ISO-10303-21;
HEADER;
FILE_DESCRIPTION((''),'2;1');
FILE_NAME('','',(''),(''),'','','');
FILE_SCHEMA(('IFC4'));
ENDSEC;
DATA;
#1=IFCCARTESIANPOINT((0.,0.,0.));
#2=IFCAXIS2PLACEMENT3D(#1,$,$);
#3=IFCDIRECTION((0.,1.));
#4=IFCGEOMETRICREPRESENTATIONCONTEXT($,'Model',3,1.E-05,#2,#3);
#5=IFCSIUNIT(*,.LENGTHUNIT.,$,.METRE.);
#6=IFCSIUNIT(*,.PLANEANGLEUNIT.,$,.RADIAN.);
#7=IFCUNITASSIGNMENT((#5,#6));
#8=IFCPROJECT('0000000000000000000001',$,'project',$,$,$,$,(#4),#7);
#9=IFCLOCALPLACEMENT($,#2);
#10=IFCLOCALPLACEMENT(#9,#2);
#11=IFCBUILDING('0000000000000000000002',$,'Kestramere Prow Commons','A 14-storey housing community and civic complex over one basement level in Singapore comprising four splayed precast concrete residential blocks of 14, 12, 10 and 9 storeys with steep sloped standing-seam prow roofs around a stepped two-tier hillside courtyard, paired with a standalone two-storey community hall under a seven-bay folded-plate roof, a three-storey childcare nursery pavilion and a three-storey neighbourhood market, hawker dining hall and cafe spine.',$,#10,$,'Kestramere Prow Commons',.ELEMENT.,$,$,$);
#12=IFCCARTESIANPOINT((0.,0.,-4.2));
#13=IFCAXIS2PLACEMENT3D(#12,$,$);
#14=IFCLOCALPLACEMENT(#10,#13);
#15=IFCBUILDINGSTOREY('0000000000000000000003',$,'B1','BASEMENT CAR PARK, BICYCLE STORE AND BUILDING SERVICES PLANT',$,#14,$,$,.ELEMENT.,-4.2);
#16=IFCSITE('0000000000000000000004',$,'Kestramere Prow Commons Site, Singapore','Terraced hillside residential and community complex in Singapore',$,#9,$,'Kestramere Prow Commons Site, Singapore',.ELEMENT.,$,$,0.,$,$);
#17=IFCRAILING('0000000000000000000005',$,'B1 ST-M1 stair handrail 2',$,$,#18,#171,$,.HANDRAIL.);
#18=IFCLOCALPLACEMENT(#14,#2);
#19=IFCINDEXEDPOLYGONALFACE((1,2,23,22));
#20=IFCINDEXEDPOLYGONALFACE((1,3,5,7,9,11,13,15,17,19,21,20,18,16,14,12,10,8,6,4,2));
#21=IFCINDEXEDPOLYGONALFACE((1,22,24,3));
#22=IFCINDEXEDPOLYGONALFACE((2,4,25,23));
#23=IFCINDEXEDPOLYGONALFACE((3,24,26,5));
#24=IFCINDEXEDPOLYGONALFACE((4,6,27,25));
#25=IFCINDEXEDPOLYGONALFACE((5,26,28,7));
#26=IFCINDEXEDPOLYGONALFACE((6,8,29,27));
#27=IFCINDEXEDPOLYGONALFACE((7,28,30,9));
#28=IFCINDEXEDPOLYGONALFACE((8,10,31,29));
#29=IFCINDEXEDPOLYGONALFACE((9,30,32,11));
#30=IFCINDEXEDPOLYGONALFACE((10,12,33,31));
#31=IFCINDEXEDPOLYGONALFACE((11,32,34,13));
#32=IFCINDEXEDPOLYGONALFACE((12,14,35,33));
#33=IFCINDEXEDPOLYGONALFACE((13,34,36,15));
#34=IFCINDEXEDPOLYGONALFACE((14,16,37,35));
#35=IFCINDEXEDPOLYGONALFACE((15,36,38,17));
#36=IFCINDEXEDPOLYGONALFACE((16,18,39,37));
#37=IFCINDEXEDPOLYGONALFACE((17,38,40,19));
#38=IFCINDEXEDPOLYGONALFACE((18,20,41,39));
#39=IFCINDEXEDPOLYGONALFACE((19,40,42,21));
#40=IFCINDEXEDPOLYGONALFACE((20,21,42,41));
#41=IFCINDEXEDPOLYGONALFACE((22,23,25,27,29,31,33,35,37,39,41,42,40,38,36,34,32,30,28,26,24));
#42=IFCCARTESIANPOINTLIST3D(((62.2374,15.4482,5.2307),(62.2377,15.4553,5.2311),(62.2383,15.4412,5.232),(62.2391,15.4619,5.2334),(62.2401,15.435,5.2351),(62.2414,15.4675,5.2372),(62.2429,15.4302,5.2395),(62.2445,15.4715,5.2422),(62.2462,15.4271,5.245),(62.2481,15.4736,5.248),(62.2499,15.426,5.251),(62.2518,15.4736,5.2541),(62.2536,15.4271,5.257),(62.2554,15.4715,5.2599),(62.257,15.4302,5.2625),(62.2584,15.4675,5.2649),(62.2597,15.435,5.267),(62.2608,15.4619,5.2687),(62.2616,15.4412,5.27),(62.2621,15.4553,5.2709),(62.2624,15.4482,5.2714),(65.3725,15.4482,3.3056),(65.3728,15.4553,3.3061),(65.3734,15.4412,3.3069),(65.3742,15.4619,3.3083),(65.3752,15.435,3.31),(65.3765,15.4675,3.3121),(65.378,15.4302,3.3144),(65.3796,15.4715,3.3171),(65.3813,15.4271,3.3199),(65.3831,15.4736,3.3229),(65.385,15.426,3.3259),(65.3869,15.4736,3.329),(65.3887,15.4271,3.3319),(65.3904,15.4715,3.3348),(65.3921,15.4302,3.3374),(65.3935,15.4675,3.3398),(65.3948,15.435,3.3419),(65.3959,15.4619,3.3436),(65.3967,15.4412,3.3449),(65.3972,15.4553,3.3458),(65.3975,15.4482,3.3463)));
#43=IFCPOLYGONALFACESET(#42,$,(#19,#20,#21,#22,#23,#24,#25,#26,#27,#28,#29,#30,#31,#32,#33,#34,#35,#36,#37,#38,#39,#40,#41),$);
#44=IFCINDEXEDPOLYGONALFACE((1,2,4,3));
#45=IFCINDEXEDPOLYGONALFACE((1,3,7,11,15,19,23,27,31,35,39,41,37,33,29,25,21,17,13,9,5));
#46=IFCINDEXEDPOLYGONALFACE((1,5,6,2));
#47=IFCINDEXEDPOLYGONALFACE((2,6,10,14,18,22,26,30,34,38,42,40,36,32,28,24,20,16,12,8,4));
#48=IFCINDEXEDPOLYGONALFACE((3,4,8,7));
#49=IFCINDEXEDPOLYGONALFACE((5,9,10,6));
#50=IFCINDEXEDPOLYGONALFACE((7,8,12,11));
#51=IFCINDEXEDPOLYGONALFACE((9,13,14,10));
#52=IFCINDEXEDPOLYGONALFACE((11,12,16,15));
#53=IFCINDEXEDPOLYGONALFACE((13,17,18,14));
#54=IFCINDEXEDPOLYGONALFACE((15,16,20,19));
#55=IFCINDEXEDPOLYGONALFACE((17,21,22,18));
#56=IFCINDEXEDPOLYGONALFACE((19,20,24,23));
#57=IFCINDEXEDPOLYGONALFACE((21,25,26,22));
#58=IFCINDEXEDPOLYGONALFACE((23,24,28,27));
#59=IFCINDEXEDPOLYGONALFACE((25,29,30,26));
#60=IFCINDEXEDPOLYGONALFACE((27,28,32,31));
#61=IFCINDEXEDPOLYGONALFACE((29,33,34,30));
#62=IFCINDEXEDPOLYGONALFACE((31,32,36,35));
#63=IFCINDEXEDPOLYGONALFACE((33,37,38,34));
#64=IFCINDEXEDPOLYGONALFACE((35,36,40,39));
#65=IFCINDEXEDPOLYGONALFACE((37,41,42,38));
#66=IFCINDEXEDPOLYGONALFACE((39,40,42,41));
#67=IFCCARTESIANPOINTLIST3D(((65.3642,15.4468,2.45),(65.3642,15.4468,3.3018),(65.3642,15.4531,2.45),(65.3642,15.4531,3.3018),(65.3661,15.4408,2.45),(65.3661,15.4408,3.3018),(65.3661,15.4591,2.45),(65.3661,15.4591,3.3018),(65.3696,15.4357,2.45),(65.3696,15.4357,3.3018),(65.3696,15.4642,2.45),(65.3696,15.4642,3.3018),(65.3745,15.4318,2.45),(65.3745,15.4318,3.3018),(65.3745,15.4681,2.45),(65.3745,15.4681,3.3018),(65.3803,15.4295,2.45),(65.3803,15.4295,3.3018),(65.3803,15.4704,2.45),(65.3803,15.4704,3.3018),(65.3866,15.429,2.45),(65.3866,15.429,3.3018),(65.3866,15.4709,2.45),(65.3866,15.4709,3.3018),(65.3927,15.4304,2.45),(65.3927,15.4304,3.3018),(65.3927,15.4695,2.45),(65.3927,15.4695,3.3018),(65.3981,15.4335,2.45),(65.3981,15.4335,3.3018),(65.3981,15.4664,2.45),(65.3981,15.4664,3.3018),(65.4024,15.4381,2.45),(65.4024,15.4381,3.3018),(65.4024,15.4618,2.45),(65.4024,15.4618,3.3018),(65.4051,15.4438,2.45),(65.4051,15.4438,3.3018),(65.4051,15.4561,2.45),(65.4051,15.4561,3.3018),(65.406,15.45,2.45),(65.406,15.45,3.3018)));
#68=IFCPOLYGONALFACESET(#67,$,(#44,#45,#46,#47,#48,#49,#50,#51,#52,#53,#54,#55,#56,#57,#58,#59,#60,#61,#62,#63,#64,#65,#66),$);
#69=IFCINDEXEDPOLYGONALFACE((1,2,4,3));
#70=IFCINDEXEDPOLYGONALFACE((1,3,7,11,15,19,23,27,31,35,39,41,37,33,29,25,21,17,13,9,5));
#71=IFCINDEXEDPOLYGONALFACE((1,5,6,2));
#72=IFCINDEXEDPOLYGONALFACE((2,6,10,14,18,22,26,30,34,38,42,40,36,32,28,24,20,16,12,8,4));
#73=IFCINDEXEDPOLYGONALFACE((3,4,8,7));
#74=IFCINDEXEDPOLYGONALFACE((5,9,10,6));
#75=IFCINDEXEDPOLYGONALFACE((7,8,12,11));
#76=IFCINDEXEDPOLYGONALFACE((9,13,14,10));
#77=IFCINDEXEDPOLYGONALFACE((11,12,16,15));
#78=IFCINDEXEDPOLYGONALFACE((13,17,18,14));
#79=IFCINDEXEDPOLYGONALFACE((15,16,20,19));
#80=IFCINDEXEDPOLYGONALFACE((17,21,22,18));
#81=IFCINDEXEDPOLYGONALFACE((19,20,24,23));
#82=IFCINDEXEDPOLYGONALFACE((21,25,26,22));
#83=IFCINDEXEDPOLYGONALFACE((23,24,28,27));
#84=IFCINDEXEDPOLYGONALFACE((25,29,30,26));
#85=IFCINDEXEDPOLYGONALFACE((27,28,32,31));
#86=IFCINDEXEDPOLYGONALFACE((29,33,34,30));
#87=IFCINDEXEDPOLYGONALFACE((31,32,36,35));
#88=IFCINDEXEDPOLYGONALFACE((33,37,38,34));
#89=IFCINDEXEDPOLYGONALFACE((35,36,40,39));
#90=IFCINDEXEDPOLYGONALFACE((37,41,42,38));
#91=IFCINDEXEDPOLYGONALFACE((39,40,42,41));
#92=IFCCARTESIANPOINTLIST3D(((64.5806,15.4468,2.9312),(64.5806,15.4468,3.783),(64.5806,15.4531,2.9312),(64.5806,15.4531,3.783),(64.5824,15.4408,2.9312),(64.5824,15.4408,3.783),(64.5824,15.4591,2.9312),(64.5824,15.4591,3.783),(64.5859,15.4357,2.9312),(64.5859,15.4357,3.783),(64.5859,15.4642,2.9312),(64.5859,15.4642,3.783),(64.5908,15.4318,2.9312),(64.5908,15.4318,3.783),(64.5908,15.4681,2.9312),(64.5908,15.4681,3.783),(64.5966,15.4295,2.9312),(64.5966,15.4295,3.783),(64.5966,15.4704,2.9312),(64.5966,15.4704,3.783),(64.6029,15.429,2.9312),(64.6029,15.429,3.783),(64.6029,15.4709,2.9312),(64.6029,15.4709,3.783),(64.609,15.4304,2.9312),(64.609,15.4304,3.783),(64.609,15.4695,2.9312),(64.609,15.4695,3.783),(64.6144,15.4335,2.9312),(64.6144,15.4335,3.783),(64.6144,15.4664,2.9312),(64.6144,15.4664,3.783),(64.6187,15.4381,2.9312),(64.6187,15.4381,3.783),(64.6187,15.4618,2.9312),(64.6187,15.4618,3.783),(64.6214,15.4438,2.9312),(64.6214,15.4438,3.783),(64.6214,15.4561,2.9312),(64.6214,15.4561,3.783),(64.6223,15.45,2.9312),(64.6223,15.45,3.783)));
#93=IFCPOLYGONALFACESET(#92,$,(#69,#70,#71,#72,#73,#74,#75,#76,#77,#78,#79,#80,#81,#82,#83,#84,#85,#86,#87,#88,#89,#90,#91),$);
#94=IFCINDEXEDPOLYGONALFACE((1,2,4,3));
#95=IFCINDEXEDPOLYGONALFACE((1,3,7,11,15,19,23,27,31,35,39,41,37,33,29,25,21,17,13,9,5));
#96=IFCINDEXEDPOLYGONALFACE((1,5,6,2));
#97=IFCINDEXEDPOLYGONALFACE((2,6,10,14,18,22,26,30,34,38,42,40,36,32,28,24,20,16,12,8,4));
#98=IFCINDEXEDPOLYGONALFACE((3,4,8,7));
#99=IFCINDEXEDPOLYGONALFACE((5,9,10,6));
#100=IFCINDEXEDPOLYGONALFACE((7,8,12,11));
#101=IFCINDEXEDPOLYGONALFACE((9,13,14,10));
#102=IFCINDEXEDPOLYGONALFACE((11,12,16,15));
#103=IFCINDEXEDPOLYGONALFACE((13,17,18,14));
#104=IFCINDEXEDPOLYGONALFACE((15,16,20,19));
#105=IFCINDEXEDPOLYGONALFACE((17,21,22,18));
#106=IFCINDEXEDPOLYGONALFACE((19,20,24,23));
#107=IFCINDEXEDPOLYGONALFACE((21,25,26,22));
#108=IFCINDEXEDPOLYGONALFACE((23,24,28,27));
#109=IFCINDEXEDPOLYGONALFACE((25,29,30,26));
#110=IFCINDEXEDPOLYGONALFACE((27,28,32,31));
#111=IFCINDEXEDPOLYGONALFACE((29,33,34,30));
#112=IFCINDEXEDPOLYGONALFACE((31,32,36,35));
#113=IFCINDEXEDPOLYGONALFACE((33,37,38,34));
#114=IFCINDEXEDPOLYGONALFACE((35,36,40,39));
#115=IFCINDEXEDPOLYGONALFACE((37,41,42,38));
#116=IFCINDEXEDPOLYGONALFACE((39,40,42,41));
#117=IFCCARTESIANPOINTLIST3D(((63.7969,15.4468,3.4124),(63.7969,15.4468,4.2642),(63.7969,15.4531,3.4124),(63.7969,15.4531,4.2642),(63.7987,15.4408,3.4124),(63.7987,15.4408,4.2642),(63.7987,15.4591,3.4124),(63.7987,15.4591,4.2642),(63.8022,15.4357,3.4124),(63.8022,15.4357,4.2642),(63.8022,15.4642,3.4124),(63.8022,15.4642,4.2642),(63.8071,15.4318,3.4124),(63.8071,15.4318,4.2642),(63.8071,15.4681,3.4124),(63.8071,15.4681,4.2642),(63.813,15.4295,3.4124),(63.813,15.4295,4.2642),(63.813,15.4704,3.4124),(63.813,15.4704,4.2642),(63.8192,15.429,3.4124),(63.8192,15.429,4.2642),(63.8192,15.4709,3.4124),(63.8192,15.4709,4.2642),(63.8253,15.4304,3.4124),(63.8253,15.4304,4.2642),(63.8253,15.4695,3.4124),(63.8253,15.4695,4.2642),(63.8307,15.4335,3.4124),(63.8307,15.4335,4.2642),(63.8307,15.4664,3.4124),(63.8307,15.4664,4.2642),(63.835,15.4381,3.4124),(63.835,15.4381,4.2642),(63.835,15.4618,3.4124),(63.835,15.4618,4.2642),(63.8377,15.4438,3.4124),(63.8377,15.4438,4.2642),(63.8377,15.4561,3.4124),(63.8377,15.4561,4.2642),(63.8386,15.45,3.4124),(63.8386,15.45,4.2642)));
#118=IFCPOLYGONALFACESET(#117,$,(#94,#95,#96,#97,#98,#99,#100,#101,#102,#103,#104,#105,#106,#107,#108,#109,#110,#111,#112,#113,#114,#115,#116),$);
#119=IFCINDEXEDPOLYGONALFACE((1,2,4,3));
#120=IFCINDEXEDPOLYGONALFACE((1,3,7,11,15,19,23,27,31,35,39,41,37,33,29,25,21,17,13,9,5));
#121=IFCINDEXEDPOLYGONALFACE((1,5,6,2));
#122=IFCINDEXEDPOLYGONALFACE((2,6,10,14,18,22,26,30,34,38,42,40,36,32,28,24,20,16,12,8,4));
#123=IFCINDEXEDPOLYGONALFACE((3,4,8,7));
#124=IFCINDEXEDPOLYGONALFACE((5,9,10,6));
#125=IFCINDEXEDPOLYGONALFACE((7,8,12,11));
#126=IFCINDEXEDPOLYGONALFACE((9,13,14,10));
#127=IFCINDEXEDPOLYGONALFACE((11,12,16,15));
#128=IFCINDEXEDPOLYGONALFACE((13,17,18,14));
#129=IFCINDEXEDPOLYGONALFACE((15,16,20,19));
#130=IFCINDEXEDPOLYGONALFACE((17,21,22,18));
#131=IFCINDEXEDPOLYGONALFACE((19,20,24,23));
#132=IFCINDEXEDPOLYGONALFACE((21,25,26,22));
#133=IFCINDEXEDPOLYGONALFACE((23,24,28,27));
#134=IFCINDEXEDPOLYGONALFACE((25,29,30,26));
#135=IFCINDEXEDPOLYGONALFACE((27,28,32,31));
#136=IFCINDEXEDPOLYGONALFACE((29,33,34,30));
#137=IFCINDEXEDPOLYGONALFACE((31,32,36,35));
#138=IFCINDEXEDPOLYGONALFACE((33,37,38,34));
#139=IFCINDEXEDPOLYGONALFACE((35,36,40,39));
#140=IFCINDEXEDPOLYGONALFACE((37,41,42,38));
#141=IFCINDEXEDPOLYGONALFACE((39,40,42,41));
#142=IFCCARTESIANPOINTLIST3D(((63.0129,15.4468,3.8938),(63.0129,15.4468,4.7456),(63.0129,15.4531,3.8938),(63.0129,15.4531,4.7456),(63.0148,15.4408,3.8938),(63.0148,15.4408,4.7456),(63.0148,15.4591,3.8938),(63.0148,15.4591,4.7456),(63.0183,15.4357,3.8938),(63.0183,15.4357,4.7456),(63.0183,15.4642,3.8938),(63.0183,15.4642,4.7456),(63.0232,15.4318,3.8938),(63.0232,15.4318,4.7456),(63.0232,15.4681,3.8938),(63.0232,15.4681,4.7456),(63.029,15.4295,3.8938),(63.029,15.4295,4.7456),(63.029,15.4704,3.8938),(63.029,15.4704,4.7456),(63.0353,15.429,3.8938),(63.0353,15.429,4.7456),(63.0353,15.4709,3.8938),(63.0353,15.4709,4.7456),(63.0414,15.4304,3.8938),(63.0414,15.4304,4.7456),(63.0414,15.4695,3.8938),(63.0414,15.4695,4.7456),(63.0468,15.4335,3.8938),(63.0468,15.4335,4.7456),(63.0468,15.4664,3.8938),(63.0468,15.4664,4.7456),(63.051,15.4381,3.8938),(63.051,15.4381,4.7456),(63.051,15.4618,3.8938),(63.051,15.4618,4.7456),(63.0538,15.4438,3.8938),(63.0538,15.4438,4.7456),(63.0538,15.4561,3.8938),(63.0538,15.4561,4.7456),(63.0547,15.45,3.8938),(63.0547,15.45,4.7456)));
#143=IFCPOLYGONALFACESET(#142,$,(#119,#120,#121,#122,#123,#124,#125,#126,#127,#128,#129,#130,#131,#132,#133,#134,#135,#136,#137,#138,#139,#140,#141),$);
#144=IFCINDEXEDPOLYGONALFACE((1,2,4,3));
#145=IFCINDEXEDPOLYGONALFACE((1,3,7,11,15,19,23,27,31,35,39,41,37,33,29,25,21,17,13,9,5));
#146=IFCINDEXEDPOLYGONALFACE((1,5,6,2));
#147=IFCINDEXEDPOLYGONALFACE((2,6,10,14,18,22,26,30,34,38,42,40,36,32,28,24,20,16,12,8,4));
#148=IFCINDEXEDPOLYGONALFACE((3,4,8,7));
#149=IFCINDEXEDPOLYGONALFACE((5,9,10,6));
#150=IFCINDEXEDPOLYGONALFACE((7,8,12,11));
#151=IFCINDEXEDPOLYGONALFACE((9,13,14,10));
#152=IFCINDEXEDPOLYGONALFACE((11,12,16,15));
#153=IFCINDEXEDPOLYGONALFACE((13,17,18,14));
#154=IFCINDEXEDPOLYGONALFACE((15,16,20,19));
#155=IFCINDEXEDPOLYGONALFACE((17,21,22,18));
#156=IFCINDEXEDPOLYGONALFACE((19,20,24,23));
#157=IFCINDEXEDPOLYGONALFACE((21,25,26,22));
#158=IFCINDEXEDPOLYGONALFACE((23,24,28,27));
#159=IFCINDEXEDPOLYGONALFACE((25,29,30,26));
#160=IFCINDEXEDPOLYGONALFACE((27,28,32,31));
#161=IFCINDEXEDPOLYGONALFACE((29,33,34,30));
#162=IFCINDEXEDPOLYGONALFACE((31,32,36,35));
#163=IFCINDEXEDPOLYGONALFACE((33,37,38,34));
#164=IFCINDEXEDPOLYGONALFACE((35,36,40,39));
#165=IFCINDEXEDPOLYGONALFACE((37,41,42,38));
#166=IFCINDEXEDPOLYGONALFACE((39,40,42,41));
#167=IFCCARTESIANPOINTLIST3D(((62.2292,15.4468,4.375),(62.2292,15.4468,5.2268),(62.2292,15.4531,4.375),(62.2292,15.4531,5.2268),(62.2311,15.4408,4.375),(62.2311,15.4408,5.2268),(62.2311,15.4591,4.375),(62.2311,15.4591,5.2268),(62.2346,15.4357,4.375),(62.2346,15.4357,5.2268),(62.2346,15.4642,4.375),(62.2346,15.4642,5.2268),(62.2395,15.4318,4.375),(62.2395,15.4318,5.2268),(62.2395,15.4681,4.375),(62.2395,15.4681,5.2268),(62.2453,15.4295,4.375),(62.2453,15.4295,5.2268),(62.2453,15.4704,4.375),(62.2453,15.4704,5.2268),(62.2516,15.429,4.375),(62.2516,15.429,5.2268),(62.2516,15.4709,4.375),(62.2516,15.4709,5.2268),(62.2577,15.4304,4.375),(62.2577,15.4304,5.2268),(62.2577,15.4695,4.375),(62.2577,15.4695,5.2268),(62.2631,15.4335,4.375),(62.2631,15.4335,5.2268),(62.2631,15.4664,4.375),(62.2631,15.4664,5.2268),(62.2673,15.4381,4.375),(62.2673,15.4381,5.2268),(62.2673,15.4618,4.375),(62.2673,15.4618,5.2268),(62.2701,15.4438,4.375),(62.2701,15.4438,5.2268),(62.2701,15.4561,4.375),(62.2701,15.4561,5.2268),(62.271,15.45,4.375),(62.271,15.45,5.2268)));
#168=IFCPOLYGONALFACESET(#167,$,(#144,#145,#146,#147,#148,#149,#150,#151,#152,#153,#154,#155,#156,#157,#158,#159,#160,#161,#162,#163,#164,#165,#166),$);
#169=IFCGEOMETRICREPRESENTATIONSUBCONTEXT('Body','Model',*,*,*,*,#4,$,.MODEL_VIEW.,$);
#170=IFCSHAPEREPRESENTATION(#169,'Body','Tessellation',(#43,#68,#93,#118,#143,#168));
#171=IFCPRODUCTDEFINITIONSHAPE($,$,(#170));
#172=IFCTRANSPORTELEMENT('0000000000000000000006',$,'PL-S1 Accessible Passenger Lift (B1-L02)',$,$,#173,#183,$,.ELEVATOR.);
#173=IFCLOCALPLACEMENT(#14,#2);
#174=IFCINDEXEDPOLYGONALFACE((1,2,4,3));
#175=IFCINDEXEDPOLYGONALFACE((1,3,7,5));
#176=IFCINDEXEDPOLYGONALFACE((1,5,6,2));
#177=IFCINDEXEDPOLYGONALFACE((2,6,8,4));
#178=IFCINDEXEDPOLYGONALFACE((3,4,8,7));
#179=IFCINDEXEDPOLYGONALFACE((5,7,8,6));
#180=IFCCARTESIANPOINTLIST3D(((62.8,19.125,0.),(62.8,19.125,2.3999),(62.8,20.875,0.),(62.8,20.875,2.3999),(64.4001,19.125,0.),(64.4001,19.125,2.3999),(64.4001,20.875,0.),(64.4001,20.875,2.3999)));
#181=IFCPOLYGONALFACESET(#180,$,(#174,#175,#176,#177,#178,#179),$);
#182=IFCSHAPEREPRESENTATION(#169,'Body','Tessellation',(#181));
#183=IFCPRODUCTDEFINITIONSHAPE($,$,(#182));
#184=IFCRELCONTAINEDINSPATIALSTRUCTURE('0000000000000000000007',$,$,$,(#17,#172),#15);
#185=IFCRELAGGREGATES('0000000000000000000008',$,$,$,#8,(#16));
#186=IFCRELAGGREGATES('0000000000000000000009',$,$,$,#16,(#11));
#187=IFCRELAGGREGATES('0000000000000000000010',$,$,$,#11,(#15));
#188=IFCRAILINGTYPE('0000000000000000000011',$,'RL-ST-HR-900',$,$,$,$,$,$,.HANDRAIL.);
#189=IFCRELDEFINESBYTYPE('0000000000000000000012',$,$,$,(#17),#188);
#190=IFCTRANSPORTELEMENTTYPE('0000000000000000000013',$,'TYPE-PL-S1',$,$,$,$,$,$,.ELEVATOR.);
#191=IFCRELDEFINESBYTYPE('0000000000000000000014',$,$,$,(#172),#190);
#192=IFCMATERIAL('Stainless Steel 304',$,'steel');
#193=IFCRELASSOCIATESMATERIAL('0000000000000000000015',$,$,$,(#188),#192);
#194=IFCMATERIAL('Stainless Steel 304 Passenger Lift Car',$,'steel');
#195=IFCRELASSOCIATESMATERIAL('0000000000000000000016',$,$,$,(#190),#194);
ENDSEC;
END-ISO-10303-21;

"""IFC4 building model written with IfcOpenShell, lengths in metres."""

from ifc_helpers import new_model, si_unit, direction, frame, origin, origin_2d, place, context, subcontext, project, spatial, rectangle, circle, extrude, material, type_object, element, save


model = new_model("IFC4")

# Units and contexts
model_context = context("Model", 3, precision=1e-05, world=origin(), true_north=direction((0.0, 1.0)))
body_context = subcontext(model_context, "Body", "Model", "MODEL_VIEW")
ifc_project = project(units=[si_unit("LENGTHUNIT", "METRE"), si_unit("PLANEANGLEUNIT", "RADIAN")], contexts=[model_context])

# Site, building, storey
site_placement = place(None, origin())
site = spatial("IfcSite", under=ifc_project, at=site_placement, Name="Kestramere Prow Commons Site, Singapore", Description="Terraced hillside residential and community complex in Singapore", LongName="Kestramere Prow Commons Site, Singapore", CompositionType="ELEMENT", RefElevation=0.0)
building_placement = place(site_placement, origin())
building = spatial("IfcBuilding", under=site, at=building_placement, Name="Kestramere Prow Commons", Description="A 14-storey housing community and civic complex over one basement level in Singapore comprising four splayed precast concrete residential blocks of 14, 12, 10 and 9 storeys with steep sloped standing-seam prow roofs around a stepped two-tier hillside courtyard, paired with a standalone two-storey community hall under a seven-bay folded-plate roof, a three-storey childcare nursery pavilion and a three-storey neighbourhood market, hawker dining hall and cafe spine.", LongName="Kestramere Prow Commons", CompositionType="ELEMENT")
storey_placement = place(building_placement, frame((0.0, 0.0, -4.2)))
storey = spatial("IfcBuildingStorey", under=building, at=storey_placement, Name="B1", Description="BASEMENT CAR PARK, BICYCLE STORE AND BUILDING SERVICES PLANT", CompositionType="ELEMENT", Elevation=-4.2)

# Railing
ifc_material_1 = material(Name="Stainless Steel 304", Category="steel")
railing_type_1 = type_object("IfcRailingType", Name="RL-ST-HR-900", PredefinedType="HANDRAIL", material=ifc_material_1)
railing_1_placement = place(storey_placement, frame((65.385, 15.45, 2.45)))
element("IfcRailing", 1, at=railing_1_placement, inside=storey, type_object=railing_type_1, Name="B1 ST-M1 stair handrail 2", PredefinedType="HANDRAIL", context=body_context, shape_type="SweptSolid", body=[
    extrude(circle(Radius=0.0239, at=origin_2d()), frame((0.0, 0.0, 0.876), z_axis=(-0.852166, 0.0, 0.523271), x_axis=(0.0, -1.0, 0.0)), (0.0, 0.0, 1.0), 3.679),
    extrude(circle(Radius=0.021, at=origin_2d()), origin(), (0.0, 0.0, 1.0), 0.8518),
    extrude(circle(Radius=0.021, at=origin_2d()), frame((-0.7837, 0.0, 0.4812)), (0.0, 0.0, 1.0), 0.8518),
    extrude(circle(Radius=0.021, at=origin_2d()), frame((-1.5674, 0.0, 0.9624)), (0.0, 0.0, 1.0), 0.8518),
    extrude(circle(Radius=0.021, at=origin_2d()), frame((-2.3513, 0.0, 1.4438)), (0.0, 0.0, 1.0), 0.8518),
    extrude(circle(Radius=0.021, at=origin_2d()), frame((-3.135, 0.0, 1.925)), (0.0, 0.0, 1.0), 0.8518),
])

# Transport element
ifc_material_2 = material(Name="Stainless Steel 304 Passenger Lift Car", Category="steel")
transport_element_type = type_object("IfcTransportElementType", Name="TYPE-PL-S1", PredefinedType="ELEVATOR", material=ifc_material_2)
transport_element_placement = place(storey_placement, frame((63.6001, 20.0, 0.0), z_axis=(0.0, 0.0, 1.0), x_axis=(1.0, 0.0, 0.0)))
element("IfcTransportElement", 2, at=transport_element_placement, inside=storey, type_object=transport_element_type, Name="PL-S1 Accessible Passenger Lift (B1-L02)", PredefinedType="ELEVATOR", context=body_context, shape_type="SweptSolid", body=[
    extrude(rectangle(XDim=1.6001, YDim=1.75, at=origin_2d()), origin(), (0.0, 0.0, 1.0), 2.3999),
])

save(model, "model.ifc")
